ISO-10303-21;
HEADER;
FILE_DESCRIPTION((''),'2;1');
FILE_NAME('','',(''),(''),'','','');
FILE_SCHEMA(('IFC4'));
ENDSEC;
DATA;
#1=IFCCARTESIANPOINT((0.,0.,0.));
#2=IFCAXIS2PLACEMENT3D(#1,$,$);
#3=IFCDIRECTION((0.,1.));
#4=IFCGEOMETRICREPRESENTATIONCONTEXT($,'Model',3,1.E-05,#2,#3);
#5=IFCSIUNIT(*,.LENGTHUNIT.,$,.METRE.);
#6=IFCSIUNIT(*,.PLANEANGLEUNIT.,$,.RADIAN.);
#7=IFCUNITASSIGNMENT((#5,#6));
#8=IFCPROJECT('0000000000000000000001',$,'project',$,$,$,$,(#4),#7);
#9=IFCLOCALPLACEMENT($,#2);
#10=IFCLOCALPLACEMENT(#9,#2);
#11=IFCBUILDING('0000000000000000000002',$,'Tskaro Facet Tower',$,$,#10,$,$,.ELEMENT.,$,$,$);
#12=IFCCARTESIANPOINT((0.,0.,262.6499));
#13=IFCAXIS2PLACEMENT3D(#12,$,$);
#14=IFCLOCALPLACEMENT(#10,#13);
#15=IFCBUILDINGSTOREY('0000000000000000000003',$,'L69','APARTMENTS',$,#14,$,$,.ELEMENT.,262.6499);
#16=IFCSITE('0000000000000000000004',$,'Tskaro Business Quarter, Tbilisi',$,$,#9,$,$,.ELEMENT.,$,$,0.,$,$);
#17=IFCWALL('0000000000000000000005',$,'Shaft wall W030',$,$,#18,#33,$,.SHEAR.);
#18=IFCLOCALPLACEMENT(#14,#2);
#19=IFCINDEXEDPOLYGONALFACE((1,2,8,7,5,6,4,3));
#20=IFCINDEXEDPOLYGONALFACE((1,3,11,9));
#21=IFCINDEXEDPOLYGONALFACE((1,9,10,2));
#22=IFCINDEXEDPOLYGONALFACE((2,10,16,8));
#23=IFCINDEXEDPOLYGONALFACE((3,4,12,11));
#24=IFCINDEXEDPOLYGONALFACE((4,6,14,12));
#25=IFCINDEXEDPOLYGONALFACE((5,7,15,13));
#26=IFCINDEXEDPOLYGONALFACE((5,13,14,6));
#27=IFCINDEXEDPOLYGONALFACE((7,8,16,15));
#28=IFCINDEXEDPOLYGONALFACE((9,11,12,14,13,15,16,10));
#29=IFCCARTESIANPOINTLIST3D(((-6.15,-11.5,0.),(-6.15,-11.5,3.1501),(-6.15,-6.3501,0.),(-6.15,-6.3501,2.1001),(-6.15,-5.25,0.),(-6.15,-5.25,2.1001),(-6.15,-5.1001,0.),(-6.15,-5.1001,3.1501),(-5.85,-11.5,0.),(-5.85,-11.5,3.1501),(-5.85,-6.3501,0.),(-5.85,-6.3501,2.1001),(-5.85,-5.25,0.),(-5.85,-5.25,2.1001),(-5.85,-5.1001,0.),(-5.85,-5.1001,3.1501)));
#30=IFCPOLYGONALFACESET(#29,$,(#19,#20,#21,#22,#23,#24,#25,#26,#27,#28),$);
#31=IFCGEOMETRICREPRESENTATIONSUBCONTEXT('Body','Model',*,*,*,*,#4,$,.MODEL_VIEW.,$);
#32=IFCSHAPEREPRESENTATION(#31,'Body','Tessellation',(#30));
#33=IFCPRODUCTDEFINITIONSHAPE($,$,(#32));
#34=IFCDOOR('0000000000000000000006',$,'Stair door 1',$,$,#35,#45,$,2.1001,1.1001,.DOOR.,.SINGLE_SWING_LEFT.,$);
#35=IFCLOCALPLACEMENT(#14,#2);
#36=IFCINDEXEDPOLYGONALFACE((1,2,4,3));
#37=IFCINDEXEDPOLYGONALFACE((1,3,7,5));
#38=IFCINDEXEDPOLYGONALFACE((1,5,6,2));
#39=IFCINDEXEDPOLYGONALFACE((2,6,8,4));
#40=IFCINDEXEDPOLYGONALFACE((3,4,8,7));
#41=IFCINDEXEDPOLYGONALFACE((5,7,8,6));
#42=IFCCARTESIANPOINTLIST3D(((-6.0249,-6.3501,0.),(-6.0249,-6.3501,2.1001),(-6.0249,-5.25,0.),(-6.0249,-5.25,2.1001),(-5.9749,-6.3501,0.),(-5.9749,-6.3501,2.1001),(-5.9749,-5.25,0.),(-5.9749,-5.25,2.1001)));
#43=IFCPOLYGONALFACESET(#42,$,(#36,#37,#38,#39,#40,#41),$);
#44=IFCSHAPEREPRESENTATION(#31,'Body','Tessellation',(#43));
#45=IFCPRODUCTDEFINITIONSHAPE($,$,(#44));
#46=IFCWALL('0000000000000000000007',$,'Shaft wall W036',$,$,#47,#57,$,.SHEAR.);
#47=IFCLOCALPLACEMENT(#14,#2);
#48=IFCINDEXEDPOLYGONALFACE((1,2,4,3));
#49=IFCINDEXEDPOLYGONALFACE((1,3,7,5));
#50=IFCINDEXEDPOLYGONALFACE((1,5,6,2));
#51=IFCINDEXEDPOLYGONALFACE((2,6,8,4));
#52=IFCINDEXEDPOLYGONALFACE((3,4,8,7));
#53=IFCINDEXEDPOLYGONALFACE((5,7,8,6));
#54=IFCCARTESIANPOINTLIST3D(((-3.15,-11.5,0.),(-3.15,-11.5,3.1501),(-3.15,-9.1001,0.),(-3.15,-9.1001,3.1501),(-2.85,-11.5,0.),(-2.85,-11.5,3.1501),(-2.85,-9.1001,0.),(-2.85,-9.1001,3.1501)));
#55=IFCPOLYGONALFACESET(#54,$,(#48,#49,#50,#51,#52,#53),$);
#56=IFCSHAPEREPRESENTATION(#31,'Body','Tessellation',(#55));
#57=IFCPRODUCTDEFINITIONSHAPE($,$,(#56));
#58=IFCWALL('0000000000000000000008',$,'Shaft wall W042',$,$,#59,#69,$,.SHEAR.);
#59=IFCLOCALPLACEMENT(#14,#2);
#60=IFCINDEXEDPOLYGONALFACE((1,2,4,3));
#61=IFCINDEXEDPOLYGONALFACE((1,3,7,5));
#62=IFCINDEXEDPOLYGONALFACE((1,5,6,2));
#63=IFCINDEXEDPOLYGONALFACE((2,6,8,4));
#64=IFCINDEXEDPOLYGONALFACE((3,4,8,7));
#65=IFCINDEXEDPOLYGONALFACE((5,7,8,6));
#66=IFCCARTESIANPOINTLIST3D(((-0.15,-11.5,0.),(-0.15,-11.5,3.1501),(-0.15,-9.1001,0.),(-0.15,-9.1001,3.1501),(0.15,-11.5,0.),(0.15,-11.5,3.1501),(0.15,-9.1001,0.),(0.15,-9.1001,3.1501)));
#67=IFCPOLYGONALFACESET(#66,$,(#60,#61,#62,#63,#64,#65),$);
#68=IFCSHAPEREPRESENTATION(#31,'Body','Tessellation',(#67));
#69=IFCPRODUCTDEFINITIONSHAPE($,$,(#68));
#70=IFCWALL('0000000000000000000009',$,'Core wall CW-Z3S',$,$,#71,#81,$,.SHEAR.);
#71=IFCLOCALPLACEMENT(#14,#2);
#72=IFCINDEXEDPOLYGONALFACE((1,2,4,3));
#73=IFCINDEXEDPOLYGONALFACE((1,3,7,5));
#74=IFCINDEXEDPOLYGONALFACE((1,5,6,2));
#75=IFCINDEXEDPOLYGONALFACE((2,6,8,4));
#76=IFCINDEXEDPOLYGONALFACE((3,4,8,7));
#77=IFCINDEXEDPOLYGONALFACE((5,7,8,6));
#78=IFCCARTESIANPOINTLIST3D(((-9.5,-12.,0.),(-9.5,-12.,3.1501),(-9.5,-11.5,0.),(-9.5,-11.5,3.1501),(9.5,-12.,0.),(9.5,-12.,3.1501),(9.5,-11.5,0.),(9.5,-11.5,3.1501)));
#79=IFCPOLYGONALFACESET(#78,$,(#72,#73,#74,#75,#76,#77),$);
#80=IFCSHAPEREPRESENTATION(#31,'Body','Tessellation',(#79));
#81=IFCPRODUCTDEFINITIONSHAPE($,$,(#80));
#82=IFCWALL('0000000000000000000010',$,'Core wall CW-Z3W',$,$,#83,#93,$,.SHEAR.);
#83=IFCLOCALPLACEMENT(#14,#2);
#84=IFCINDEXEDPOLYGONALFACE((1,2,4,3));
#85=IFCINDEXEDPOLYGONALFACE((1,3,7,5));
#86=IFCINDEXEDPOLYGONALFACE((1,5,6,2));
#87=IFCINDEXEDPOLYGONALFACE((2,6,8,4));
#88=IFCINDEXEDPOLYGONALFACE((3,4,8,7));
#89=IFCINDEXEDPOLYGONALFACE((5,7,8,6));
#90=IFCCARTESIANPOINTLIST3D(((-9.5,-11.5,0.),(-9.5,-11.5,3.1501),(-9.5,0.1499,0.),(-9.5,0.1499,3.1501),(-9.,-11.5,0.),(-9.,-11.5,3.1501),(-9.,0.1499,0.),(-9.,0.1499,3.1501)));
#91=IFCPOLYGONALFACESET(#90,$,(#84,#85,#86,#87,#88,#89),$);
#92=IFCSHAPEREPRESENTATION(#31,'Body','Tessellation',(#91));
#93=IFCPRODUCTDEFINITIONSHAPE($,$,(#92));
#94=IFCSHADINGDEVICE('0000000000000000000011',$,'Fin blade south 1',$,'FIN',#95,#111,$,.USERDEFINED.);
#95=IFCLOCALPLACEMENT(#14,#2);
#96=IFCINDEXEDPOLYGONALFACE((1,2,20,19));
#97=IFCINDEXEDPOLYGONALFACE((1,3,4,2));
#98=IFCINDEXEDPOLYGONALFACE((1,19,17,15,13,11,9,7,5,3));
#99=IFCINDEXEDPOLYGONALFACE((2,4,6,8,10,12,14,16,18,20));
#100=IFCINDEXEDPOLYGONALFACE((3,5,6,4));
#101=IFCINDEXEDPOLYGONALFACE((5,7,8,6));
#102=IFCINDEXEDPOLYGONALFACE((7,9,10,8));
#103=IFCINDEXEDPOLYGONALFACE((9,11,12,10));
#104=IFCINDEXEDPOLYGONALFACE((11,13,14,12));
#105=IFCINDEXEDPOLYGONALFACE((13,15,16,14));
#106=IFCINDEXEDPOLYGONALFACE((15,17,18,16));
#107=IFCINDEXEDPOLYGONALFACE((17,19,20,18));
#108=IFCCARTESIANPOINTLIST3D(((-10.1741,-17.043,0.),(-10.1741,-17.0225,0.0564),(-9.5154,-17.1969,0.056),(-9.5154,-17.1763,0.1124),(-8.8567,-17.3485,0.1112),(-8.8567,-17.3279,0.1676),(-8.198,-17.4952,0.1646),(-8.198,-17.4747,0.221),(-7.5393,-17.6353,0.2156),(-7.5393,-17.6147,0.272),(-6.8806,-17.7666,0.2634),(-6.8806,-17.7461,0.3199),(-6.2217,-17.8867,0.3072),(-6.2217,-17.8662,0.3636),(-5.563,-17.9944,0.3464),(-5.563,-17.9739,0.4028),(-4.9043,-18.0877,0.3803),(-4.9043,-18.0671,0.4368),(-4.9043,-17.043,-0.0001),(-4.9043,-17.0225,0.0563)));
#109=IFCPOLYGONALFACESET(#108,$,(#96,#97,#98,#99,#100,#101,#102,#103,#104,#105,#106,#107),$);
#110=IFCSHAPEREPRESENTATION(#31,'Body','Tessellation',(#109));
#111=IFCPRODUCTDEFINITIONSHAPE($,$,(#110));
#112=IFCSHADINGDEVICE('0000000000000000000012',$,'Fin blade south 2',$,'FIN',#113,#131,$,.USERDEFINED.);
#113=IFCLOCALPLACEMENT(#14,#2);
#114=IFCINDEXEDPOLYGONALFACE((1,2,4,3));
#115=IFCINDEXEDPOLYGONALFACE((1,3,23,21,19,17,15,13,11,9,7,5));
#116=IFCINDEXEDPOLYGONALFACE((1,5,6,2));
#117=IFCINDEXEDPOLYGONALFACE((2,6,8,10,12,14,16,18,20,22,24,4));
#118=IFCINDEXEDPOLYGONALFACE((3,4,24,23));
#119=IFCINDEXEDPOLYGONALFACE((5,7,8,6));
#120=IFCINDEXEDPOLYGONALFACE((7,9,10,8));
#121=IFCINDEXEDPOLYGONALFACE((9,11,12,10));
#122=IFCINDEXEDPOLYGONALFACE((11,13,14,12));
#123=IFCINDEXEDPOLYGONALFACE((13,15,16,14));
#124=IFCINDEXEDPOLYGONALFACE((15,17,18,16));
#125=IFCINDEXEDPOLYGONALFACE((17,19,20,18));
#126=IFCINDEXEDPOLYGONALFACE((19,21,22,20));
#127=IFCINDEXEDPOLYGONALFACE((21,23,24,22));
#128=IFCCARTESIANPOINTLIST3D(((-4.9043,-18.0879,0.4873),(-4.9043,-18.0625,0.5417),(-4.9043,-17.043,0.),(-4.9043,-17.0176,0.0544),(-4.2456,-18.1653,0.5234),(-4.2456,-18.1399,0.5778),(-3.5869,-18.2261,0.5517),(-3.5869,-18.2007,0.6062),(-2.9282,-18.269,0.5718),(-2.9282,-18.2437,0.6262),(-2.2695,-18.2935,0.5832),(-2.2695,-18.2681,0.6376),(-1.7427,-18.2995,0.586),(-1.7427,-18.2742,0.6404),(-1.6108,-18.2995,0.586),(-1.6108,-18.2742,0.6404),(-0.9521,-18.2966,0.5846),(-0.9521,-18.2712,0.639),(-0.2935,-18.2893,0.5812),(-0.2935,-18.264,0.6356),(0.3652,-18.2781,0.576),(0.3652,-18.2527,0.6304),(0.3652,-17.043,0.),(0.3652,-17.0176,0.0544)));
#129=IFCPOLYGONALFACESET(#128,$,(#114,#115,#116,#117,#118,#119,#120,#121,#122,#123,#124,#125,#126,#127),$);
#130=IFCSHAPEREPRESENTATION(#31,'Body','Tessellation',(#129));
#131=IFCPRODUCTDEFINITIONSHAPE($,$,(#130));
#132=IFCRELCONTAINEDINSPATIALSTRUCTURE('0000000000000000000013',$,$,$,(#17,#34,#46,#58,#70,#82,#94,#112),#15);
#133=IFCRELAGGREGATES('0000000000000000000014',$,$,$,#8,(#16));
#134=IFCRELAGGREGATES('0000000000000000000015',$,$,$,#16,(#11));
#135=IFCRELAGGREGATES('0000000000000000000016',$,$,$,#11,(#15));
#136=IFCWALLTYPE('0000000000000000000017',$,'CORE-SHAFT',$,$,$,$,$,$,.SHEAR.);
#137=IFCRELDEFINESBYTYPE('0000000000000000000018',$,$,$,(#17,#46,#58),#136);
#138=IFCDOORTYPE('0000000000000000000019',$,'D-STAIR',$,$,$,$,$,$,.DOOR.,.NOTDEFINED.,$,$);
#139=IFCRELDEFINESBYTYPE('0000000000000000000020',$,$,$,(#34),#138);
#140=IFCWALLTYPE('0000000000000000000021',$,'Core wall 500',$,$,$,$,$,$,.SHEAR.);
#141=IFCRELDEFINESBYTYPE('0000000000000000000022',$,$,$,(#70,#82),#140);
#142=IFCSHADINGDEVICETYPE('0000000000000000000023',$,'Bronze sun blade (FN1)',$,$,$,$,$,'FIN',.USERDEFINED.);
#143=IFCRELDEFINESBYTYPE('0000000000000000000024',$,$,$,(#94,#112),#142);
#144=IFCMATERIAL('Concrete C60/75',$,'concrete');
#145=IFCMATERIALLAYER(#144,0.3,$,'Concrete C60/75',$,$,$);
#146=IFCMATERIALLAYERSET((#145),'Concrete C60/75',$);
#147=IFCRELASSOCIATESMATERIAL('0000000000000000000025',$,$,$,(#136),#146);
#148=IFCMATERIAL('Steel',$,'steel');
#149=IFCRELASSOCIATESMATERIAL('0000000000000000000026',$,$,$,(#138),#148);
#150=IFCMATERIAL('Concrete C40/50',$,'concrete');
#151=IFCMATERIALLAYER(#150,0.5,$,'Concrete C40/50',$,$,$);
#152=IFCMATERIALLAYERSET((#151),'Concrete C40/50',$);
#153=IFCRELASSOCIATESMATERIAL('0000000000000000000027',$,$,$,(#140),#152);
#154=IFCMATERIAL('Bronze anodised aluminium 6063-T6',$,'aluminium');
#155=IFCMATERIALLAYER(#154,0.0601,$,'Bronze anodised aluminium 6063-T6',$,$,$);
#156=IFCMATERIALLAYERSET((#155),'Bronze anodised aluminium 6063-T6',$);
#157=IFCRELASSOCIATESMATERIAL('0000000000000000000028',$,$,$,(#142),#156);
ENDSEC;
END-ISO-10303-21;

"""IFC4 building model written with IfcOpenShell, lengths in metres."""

from ifc_helpers import new_model, si_unit, direction, frame, frame_2d, origin, place, context, subcontext, project, spatial, polyline, rectangle, outline, extrude, material, layer, layer_set, type_object, element, fill, save


model = new_model("IFC4")

# Units and contexts
model_context = context("Model", 3, precision=1e-05, world=origin(), true_north=direction((0.0, 1.0)))
body_context = subcontext(model_context, "Body", "Model", "MODEL_VIEW")
ifc_project = project(units=[si_unit("LENGTHUNIT", "METRE"), si_unit("PLANEANGLEUNIT", "RADIAN")], contexts=[model_context])

# Site, building, storey
site_placement = place(None, origin())
site = spatial("IfcSite", under=ifc_project, at=site_placement, Name="Tskaro Business Quarter, Tbilisi", CompositionType="ELEMENT", RefElevation=0.0)
building_placement = place(site_placement, origin())
building = spatial("IfcBuilding", under=site, at=building_placement, Name="Tskaro Facet Tower", CompositionType="ELEMENT")
storey_placement = place(building_placement, frame((0.0, 0.0, 262.6499)))
storey = spatial("IfcBuildingStorey", under=building, at=storey_placement, Name="L69", Description="APARTMENTS", CompositionType="ELEMENT", Elevation=262.6499)

# Shared definitions
ifc_material_1 = material(Name="Bronze anodised aluminium 6063-T6", Category="aluminium")

# Wall, opening, door
ifc_material_2 = material(Name="Concrete C60/75", Category="concrete")
ifc_layer_1 = layer(ifc_material_2, 0.3, Name="Concrete C60/75")
ifc_layer_set_1 = layer_set([ifc_layer_1], Name="Concrete C60/75")
wall_type_1 = type_object("IfcWallType", Name="CORE-SHAFT", PredefinedType="SHEAR", material=ifc_layer_set_1)
wall_1_placement = place(storey_placement, frame((-6.0, -11.5, 0.0), z_axis=(0.0, 0.0, 1.0), x_axis=(0.0, 1.0, 0.0)))
wall_1 = element("IfcWall", 1, at=wall_1_placement, inside=storey, type_object=wall_type_1, Name="Shaft wall W030", PredefinedType="SHEAR", context=body_context, shape_type="SweptSolid", body=[
    extrude(rectangle(XDim=6.3999, YDim=0.3, at=frame_2d((3.2, 0.0))), origin(), (0.0, 0.0, 1.0), 3.1501),
])
opening_placement = place(wall_1_placement, frame((5.1499, 0.0, 0.0)))
opening = element("IfcOpeningElement", 2, at=opening_placement, cuts=wall_1, PredefinedType="OPENING", context=body_context, shape_type="SweptSolid", body=[
    extrude(rectangle(XDim=1.1001, YDim=2.1001, at=frame_2d((0.55, 1.05))), frame((0.0, 0.1599, 0.0), z_axis=(0.0, -1.0, 0.0), x_axis=(1.0, 0.0, 0.0)), (0.0, 0.0, 1.0), 0.3201),
])
ifc_material_3 = material(Name="Steel", Category="steel")
door_type = type_object("IfcDoorType", Name="D-STAIR", OperationType="NOTDEFINED", PredefinedType="DOOR", material=ifc_material_3)
door_placement = place(opening_placement, origin())
door = element("IfcDoor", 3, at=door_placement, inside=storey, type_object=door_type, Name="Stair door 1", OperationType="SINGLE_SWING_LEFT", OverallHeight=2.1001, OverallWidth=1.1001, PredefinedType="DOOR", context=body_context, shape_type="SweptSolid", body=[
    extrude(rectangle(XDim=1.1001, YDim=2.1001, at=frame_2d((0.55, 1.05))), frame((0.0, 0.0249, 0.0), z_axis=(0.0, -1.0, 0.0), x_axis=(1.0, 0.0, 0.0)), (0.0, 0.0, 1.0), 0.05),
])
fill(opening, door)

# Walls
for number, where, z_axis, x_axis, name in (
    (4, (-3.0, -11.5, 0.0), (0.0, 0.0, 1.0), (0.0, 1.0, 0.0), "Shaft wall W036"),
    (5, (0.0, -11.5, 0.0), (0.0, 0.0, 1.0), (0.0, 1.0, 0.0), "Shaft wall W042"),
):
    element("IfcWall", number, at=place(storey_placement, frame(where, z_axis=z_axis, x_axis=x_axis)), inside=storey, type_object=wall_type_1, Name=name, PredefinedType="SHEAR", context=body_context, shape_type="SweptSolid", body=[
        extrude(rectangle(XDim=2.3999, YDim=0.3, at=frame_2d((1.2, 0.0))), origin(), (0.0, 0.0, 1.0), 3.1501),
    ])
ifc_material_4 = material(Name="Concrete C40/50", Category="concrete")
ifc_layer_2 = layer(ifc_material_4, 0.5, Name="Concrete C40/50")
ifc_layer_set_2 = layer_set([ifc_layer_2], Name="Concrete C40/50")
wall_type_2 = type_object("IfcWallType", Name="Core wall 500", PredefinedType="SHEAR", material=ifc_layer_set_2)
wall_2_placement = place(storey_placement, frame((-9.5, -11.75, 0.0), z_axis=(0.0, 0.0, 1.0), x_axis=(1.0, 0.0, 0.0)))
element("IfcWall", 6, at=wall_2_placement, inside=storey, type_object=wall_type_2, Name="Core wall CW-Z3S", PredefinedType="SHEAR", context=body_context, shape_type="SweptSolid", body=[
    extrude(rectangle(XDim=19.0, YDim=0.5, at=frame_2d((9.5, 0.0))), origin(), (0.0, 0.0, 1.0), 3.1501),
])
wall_3_placement = place(storey_placement, frame((-9.25, -11.5, 0.0), z_axis=(0.0, 0.0, 1.0), x_axis=(0.0, 1.0, 0.0)))
element("IfcWall", 7, at=wall_3_placement, inside=storey, type_object=wall_type_2, Name="Core wall CW-Z3W", PredefinedType="SHEAR", context=body_context, shape_type="SweptSolid", body=[
    extrude(rectangle(XDim=11.6499, YDim=0.5, at=frame_2d((5.825, 0.0))), origin(), (0.0, 0.0, 1.0), 3.1501),
])

# Shading devices
ifc_layer_3 = layer(ifc_material_1, 0.0601, Name="Bronze anodised aluminium 6063-T6")
ifc_layer_set_3 = layer_set([ifc_layer_3], Name="Bronze anodised aluminium 6063-T6")
shading_device_type = type_object("IfcShadingDeviceType", Name="Bronze sun blade (FN1)", ElementType="FIN", PredefinedType="USERDEFINED", material=ifc_layer_set_3)
shading_device_1_placement = place(storey_placement, frame((-10.1741, -17.0225, 0.0564), z_axis=(0.000013, 0.342177, 0.939636), x_axis=(1.0, -0.000004, -0.000012)))
element("IfcShadingDevice", 8, at=shading_device_1_placement, inside=storey, type_object=shading_device_type, Name="Fin blade south 1", ObjectType="FIN", PredefinedType="USERDEFINED", context=body_context, shape_type="SweptSolid", body=[
    extrude(outline(polyline([(0.0, 0.0), (5.2698, 0.0), (5.2698, -1.1118), (4.6111, -1.0125), (3.9524, -0.8979), (3.2935, -0.7701), (2.6348, -0.6303), (1.9761, -0.4812), (1.3174, -0.3251), (0.6587, -0.1637), (0.0, 0.0)])), origin(), (0.0, 0.0, -1.0), 0.0601),
])
shading_device_2_placement = place(storey_placement, frame((-4.9043, -17.0176, 0.0544), z_axis=(0.000007, 0.422644, 0.906296), x_axis=(1.0, -0.000003, -0.000006)))
element("IfcShadingDevice", 9, at=shading_device_2_placement, inside=storey, type_object=shading_device_type, Name="Fin blade south 2", ObjectType="FIN", PredefinedType="USERDEFINED", context=body_context, shape_type="SweptSolid", body=[
    extrude(outline(polyline([(0.0, 0.0), (5.2695, 0.0), (5.2695, -1.3628), (4.6108, -1.3752), (3.9521, -1.3832), (3.2935, -1.3865), (3.1616, -1.3865), (2.6348, -1.3798), (1.9761, -1.3528), (1.3174, -1.3054), (0.6587, -1.2384), (0.0, -1.153), (0.0, 0.0)])), origin(), (0.0, 0.0, -1.0), 0.0601),
])

save(model, "model.ifc")
